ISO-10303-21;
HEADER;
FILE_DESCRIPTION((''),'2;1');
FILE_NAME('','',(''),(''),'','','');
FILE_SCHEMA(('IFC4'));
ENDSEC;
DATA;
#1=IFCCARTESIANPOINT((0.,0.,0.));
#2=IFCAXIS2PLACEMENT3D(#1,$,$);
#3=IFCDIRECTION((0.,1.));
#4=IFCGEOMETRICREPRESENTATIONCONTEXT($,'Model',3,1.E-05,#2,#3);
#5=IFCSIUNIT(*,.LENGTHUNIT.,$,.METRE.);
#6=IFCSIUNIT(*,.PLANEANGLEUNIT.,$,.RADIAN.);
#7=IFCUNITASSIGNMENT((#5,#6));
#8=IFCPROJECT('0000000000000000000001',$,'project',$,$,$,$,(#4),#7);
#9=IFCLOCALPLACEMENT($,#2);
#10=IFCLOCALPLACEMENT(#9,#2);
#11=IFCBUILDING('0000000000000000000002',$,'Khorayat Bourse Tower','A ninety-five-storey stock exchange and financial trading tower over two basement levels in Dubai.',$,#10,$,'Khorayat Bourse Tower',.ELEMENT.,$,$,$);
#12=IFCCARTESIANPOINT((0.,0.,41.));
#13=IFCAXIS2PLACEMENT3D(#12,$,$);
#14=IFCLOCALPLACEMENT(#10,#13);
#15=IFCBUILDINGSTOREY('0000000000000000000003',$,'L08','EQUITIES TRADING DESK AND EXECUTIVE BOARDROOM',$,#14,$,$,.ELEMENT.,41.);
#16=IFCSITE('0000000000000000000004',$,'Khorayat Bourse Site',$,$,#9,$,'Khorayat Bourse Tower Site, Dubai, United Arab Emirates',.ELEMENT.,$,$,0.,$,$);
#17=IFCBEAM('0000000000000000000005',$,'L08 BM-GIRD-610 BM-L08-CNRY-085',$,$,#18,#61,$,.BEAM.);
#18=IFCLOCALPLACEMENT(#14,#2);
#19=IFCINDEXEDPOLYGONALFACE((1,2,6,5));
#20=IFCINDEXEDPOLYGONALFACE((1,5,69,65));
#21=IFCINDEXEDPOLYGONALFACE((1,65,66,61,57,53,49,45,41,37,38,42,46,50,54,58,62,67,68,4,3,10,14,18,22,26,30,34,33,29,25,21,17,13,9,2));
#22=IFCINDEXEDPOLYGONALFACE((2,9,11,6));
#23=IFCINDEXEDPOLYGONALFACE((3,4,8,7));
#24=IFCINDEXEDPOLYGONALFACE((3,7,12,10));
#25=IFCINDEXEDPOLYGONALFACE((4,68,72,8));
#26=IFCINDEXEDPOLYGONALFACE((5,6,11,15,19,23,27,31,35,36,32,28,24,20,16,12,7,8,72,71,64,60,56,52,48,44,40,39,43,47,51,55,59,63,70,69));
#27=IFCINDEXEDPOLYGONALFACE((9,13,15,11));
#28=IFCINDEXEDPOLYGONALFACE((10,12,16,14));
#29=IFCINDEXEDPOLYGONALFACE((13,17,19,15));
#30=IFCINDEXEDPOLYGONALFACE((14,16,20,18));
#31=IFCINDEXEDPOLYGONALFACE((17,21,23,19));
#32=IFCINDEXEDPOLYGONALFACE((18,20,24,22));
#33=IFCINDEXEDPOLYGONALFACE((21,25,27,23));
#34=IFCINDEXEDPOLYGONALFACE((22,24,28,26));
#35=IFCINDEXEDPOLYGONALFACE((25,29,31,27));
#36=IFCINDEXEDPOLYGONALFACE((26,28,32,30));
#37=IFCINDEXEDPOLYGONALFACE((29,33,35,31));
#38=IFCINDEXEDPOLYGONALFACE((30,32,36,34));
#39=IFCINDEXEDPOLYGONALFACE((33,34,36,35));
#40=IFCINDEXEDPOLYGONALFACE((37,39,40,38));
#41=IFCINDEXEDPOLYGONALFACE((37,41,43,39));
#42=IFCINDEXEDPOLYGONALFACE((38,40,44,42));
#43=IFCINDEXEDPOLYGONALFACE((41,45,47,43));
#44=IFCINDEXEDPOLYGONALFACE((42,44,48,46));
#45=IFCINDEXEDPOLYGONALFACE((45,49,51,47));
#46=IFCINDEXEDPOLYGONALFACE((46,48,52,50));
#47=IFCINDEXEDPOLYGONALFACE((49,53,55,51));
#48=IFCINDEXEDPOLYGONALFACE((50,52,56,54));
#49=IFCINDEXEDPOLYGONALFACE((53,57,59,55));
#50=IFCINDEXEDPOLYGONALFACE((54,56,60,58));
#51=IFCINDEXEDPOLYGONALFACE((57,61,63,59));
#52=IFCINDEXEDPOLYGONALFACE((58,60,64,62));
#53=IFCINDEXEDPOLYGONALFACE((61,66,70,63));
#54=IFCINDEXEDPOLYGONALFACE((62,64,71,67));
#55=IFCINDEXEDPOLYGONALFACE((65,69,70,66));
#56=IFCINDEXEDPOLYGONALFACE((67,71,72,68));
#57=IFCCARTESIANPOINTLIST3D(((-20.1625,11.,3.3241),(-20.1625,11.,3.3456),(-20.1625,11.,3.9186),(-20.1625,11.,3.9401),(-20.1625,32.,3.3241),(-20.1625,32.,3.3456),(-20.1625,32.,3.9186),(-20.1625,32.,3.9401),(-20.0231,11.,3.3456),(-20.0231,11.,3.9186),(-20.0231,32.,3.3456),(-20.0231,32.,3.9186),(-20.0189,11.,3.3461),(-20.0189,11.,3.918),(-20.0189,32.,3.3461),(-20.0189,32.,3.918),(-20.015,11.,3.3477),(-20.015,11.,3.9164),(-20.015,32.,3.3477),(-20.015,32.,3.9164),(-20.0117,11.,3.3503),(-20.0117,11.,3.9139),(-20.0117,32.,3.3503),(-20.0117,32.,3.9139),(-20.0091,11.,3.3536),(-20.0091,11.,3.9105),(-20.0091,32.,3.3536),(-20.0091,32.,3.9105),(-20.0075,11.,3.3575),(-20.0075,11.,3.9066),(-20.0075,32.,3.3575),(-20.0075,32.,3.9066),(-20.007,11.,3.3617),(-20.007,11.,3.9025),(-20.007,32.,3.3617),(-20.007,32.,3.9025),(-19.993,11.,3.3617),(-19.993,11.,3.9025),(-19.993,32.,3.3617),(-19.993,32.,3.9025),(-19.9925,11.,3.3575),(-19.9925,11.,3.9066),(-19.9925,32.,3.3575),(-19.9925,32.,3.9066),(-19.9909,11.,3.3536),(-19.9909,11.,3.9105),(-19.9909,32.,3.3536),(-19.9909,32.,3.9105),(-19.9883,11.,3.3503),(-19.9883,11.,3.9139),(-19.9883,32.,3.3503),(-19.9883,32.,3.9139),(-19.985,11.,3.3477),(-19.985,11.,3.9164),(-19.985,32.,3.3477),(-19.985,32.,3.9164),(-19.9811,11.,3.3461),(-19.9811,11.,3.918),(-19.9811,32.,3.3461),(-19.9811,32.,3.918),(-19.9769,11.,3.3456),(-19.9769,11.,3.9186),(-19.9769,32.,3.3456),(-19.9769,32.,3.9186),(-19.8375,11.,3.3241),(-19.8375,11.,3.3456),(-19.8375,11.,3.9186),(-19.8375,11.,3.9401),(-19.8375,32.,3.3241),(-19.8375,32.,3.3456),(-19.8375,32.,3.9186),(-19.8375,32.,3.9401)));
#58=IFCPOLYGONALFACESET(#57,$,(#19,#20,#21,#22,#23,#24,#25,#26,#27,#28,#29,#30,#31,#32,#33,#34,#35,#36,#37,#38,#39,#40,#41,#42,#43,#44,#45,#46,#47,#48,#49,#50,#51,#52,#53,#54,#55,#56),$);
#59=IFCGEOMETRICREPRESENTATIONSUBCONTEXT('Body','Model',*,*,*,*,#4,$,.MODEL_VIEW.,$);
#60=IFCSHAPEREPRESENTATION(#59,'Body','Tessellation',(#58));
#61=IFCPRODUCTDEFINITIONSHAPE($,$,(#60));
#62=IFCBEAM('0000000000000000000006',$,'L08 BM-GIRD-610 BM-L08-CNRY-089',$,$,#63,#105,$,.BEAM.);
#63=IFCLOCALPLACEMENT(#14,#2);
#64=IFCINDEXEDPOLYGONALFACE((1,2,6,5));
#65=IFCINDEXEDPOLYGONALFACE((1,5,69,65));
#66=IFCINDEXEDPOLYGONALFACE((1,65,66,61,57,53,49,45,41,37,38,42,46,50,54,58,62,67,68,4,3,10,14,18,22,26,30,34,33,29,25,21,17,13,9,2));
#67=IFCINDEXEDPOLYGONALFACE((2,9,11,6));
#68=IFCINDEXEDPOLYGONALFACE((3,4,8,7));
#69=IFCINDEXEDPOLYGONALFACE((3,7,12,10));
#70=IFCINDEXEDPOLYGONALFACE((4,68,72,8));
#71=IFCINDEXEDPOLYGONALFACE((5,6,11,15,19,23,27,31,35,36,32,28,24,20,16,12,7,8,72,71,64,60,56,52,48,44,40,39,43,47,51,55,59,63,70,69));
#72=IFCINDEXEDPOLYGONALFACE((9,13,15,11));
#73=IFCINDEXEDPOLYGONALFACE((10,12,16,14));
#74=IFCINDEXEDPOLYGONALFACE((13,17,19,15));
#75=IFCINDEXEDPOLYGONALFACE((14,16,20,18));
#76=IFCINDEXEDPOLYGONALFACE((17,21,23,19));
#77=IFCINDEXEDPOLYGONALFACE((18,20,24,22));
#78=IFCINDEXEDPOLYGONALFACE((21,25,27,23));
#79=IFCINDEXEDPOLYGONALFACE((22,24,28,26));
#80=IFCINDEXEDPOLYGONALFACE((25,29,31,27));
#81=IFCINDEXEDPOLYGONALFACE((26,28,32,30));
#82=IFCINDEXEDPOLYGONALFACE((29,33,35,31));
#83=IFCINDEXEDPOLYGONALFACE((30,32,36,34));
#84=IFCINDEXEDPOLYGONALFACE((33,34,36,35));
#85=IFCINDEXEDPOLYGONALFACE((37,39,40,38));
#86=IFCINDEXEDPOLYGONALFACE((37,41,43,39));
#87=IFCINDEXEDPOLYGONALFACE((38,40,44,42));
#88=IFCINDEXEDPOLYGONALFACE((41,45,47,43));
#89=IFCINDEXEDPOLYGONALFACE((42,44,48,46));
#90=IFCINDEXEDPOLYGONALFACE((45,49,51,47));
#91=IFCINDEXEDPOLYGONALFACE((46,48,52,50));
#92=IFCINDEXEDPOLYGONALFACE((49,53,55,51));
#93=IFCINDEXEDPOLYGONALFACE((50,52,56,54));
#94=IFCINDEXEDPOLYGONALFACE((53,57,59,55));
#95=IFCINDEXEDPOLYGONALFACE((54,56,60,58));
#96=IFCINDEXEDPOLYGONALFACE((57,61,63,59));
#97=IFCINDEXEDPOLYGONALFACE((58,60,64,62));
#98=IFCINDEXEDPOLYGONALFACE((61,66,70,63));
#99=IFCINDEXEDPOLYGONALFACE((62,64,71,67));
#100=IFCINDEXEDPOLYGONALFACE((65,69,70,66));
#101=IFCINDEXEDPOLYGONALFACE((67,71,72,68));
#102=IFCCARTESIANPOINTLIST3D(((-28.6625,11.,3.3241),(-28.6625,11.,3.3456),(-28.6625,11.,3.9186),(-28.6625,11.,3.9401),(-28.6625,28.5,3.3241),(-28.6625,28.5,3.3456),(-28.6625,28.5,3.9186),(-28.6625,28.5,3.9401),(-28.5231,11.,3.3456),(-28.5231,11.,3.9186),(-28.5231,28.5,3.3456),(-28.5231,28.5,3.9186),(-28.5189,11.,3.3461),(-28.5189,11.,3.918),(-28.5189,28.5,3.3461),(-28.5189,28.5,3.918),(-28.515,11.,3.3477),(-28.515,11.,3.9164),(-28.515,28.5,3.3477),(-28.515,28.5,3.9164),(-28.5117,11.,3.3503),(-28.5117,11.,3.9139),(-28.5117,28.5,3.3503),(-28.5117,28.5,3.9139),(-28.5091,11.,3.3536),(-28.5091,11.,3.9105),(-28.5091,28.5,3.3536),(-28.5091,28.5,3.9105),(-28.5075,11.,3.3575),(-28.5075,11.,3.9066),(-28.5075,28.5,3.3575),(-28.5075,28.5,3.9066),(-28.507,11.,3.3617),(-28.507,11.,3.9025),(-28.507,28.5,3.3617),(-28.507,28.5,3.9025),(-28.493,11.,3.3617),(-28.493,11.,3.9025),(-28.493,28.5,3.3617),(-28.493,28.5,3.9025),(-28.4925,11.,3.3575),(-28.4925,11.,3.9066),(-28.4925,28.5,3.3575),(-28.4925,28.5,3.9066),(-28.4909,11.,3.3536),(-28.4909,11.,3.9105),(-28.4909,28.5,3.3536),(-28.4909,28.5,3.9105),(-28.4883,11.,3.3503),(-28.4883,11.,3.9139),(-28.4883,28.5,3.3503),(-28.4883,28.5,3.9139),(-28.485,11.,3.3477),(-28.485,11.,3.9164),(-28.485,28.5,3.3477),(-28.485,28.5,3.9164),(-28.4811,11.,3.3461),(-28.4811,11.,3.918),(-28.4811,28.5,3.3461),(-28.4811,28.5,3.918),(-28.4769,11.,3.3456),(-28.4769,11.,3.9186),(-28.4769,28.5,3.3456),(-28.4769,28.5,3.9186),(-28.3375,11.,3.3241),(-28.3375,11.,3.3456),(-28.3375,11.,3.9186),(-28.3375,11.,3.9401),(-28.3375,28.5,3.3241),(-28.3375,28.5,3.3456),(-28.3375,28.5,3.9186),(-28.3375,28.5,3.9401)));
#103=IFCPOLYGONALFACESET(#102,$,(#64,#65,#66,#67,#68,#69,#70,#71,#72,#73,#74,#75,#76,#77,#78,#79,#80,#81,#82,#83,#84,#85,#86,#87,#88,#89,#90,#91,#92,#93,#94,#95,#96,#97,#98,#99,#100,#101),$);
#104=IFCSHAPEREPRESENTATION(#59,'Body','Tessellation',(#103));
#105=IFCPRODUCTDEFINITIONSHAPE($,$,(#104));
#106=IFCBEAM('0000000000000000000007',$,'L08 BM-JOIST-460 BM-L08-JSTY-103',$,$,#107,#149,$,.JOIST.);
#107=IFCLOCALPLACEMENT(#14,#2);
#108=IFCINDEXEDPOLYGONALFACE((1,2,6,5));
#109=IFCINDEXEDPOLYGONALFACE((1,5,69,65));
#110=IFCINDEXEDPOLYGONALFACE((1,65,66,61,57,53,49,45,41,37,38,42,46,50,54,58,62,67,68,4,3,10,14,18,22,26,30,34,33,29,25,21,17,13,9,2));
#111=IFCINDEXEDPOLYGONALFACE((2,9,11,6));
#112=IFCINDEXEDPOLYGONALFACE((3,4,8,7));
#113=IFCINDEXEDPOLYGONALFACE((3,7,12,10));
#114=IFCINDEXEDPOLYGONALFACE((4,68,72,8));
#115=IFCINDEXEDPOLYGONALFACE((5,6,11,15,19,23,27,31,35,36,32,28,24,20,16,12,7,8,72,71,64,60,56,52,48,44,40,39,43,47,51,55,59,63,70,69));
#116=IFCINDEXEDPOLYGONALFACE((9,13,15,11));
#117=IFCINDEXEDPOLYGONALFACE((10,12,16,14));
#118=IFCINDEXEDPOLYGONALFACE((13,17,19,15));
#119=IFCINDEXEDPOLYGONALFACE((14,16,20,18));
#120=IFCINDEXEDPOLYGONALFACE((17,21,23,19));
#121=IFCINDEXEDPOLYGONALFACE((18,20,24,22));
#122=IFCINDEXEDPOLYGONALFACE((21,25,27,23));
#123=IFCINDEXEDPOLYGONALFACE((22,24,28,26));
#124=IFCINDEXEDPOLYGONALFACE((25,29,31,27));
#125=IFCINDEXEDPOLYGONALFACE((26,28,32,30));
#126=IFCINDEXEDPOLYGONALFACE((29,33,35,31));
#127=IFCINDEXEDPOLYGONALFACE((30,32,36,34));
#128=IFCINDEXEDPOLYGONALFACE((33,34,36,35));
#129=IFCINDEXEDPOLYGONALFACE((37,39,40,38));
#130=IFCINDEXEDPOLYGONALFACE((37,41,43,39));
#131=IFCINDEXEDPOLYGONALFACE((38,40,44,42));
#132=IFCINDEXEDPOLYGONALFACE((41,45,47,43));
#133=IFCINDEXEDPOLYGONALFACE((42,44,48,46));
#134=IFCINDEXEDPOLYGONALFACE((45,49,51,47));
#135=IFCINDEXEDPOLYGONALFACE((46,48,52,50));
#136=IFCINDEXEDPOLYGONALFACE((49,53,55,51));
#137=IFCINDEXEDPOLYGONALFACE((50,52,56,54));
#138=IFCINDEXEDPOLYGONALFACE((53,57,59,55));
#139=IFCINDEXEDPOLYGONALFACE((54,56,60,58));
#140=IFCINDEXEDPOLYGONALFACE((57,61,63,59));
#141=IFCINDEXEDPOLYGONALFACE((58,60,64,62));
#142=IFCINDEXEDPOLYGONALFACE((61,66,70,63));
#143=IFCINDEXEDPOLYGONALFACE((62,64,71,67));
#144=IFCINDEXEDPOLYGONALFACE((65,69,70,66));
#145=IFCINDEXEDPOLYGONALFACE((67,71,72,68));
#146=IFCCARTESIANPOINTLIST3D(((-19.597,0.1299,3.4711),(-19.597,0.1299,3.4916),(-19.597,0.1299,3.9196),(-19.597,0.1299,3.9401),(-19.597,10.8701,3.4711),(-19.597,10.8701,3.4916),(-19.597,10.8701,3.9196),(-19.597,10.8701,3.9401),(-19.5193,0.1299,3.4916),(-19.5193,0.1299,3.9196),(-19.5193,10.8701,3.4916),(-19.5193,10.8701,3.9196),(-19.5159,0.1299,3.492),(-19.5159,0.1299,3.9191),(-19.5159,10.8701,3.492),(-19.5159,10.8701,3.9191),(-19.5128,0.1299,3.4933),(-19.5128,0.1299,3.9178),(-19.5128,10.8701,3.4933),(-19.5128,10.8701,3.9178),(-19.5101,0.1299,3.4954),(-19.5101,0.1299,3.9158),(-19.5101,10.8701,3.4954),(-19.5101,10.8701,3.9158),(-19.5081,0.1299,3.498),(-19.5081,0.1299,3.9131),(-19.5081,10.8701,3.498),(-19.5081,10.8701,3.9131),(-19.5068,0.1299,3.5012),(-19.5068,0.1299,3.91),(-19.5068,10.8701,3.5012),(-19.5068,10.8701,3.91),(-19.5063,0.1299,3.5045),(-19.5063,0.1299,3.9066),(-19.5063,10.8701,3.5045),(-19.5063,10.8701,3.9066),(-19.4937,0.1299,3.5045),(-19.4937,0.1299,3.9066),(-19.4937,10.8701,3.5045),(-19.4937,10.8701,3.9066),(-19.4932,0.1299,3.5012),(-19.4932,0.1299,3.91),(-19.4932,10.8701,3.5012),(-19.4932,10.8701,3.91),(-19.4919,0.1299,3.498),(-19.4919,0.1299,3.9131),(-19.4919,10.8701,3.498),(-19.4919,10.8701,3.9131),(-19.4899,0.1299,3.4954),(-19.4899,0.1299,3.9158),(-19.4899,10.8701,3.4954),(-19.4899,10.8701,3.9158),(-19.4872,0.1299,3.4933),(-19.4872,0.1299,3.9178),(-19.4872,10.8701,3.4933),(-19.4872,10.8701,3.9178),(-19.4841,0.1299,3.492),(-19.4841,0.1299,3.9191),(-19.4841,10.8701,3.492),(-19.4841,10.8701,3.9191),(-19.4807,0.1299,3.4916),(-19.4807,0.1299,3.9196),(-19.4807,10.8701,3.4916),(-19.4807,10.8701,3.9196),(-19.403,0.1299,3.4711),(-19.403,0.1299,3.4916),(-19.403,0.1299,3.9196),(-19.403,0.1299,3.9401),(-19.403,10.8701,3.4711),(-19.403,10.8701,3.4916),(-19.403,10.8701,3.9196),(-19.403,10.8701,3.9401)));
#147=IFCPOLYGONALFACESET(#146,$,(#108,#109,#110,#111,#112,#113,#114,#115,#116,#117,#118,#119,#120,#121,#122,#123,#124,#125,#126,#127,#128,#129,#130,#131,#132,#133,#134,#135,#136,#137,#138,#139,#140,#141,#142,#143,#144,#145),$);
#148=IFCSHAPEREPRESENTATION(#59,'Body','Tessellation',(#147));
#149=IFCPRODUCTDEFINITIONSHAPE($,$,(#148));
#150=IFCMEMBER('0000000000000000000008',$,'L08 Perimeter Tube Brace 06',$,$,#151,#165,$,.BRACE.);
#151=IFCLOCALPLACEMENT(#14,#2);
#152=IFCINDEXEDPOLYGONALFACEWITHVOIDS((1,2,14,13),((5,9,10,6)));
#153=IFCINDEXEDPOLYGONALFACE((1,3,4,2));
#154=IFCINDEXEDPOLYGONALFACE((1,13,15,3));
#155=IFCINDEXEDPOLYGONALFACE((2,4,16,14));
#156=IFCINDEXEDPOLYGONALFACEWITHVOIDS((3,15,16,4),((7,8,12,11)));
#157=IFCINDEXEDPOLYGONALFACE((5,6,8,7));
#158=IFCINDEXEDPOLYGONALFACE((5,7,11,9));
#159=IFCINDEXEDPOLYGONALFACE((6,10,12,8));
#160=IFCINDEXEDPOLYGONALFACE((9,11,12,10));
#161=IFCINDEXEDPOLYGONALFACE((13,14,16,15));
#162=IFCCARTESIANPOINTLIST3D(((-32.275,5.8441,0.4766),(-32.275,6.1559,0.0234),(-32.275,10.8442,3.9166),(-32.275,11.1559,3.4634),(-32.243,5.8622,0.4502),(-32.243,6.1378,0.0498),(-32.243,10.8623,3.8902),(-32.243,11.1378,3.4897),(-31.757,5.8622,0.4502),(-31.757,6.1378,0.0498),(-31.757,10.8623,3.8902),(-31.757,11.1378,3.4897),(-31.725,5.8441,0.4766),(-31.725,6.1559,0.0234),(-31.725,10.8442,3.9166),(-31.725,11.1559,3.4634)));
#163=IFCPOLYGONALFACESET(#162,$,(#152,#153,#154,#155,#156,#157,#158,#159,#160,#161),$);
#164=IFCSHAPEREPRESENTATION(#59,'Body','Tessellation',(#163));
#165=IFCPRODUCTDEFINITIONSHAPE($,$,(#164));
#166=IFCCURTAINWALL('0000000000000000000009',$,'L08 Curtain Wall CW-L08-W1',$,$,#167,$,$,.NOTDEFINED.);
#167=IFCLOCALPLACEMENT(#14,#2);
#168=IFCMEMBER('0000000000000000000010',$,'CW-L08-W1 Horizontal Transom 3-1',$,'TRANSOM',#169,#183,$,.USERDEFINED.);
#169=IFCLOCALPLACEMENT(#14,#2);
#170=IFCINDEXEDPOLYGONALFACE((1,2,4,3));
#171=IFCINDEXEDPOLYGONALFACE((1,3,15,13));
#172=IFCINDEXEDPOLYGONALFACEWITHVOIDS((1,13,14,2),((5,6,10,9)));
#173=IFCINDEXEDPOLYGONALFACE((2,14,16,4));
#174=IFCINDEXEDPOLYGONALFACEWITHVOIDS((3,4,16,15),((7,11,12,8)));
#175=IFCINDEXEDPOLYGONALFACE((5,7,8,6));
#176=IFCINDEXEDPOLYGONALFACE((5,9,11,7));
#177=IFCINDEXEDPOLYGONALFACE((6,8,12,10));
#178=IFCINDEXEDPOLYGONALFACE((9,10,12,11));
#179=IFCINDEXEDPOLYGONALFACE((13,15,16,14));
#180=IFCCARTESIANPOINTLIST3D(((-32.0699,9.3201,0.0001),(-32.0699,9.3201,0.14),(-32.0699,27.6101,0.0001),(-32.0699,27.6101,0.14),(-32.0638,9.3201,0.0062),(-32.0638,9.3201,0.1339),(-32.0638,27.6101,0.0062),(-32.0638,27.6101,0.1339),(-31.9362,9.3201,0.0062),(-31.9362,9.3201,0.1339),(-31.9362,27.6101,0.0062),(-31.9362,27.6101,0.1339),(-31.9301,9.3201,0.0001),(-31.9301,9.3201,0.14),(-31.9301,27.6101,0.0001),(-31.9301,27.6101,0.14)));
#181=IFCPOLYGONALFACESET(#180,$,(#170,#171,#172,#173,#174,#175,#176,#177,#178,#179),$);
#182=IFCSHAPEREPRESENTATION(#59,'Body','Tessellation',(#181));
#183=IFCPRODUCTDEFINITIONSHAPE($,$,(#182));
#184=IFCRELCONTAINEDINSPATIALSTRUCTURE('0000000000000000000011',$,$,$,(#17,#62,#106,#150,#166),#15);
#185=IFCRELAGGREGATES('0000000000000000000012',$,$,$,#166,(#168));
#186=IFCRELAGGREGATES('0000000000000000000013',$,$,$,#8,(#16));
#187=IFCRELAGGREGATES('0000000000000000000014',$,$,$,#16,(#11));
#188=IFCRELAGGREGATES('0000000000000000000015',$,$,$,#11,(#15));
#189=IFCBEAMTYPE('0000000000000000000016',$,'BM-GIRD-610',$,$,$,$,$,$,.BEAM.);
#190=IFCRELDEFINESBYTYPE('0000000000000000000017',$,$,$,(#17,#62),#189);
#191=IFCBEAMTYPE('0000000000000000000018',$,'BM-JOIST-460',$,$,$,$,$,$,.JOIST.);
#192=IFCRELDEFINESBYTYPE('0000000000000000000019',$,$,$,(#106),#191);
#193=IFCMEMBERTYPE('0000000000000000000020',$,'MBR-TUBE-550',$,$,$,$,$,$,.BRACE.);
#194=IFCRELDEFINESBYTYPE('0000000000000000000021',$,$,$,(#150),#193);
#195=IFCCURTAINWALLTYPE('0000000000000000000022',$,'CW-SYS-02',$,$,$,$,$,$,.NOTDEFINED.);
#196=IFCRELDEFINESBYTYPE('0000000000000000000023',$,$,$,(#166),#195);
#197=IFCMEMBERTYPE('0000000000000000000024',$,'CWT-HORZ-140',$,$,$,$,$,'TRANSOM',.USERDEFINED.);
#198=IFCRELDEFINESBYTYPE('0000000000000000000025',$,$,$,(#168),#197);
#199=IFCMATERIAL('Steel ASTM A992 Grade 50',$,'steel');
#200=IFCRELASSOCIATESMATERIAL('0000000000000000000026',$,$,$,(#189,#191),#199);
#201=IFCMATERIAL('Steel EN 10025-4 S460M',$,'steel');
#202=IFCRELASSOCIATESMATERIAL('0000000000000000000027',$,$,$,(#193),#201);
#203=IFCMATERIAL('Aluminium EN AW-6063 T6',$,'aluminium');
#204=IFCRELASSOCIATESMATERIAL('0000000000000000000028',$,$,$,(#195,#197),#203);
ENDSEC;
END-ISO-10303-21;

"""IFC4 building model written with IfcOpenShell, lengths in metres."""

from ifc_helpers import new_model, si_unit, direction, frame, origin, origin_2d, place, context, subcontext, project, spatial, hollow_rectangle, i_section, extrude, source, transform, mapped, material, material_profile, profile_set, type_object, element, aggregate, save


model = new_model("IFC4")

# Units and contexts
model_context = context("Model", 3, precision=1e-05, world=origin(), true_north=direction((0.0, 1.0)))
body_context = subcontext(model_context, "Body", "Model", "MODEL_VIEW")
ifc_project = project(units=[si_unit("LENGTHUNIT", "METRE"), si_unit("PLANEANGLEUNIT", "RADIAN")], contexts=[model_context])

# Site, building, storey
site_placement = place(None, origin())
site = spatial("IfcSite", under=ifc_project, at=site_placement, Name="Khorayat Bourse Site", LongName="Khorayat Bourse Tower Site, Dubai, United Arab Emirates", CompositionType="ELEMENT", RefElevation=0.0)
building_placement = place(site_placement, origin())
building = spatial("IfcBuilding", under=site, at=building_placement, Name="Khorayat Bourse Tower", Description="A ninety-five-storey stock exchange and financial trading tower over two basement levels in Dubai.", LongName="Khorayat Bourse Tower", CompositionType="ELEMENT")
storey_placement = place(building_placement, frame((0.0, 0.0, 41.0)))
storey = spatial("IfcBuildingStorey", under=building, at=storey_placement, Name="L08", Description="EQUITIES TRADING DESK AND EXECUTIVE BOARDROOM", CompositionType="ELEMENT", Elevation=41.0)

# Shared definitions
ifc_material_1 = material(Name="Steel EN 10025-4 S460M", Category="steel")

# Beams
ifc_material_2 = material(Name="Steel ASTM A992 Grade 50", Category="steel")
ifc_material_profile_1 = material_profile(ifc_material_2, i_section(OverallWidth=0.325, OverallDepth=0.616, WebThickness=0.0139, FlangeThickness=0.0215, FilletRadius=0.0161, at=origin_2d()), Name="W610X174")
ifc_profile_set_1 = profile_set([ifc_material_profile_1], Name="Steel ASTM A992 Grade 50")
beam_type_1 = type_object("IfcBeamType", Name="BM-GIRD-610", PredefinedType="BEAM", material=ifc_profile_set_1)
shared_shape_1 = source(origin(), body_context, "Body", "SweptSolid", [
    extrude(i_section(OverallWidth=0.325, OverallDepth=0.616, WebThickness=0.0139, FlangeThickness=0.0215, FilletRadius=0.0161, at=origin_2d()), origin(), (0.0, 0.0, 1.0), 21.0),
])
beam_1_placement = place(storey_placement, frame((-20.0, 11.0, 3.6321), z_axis=(0.0, 1.0, 0.0), x_axis=(-1.0, 0.0, 0.0)))
element("IfcBeam", 1, at=beam_1_placement, inside=storey, type_object=beam_type_1, Name="L08 BM-GIRD-610 BM-L08-CNRY-085", PredefinedType="BEAM", context=body_context, shape_type="MappedRepresentation", body=[
    mapped(shared_shape_1, transform((0.0, 0.0, 0.0), scale=1.0)),
])
shared_shape_2 = source(origin(), body_context, "Body", "SweptSolid", [
    extrude(i_section(OverallWidth=0.325, OverallDepth=0.616, WebThickness=0.0139, FlangeThickness=0.0215, FilletRadius=0.0161, at=origin_2d()), origin(), (0.0, 0.0, 1.0), 17.5),
])
beam_2_placement = place(storey_placement, frame((-28.5, 11.0, 3.6321), z_axis=(0.0, 1.0, 0.0), x_axis=(-1.0, 0.0, 0.0)))
element("IfcBeam", 2, at=beam_2_placement, inside=storey, type_object=beam_type_1, Name="L08 BM-GIRD-610 BM-L08-CNRY-089", PredefinedType="BEAM", context=body_context, shape_type="MappedRepresentation", body=[
    mapped(shared_shape_2, transform((0.0, 0.0, 0.0), scale=1.0)),
])
ifc_material_profile_2 = material_profile(ifc_material_2, i_section(OverallWidth=0.1941, OverallDepth=0.469, WebThickness=0.0127, FlangeThickness=0.0205, FilletRadius=0.0129, at=origin_2d()), Name="W460X106")
ifc_profile_set_2 = profile_set([ifc_material_profile_2], Name="Steel ASTM A992 Grade 50")
beam_type_2 = type_object("IfcBeamType", Name="BM-JOIST-460", PredefinedType="JOIST", material=ifc_profile_set_2)
shared_shape_3 = source(origin(), body_context, "Body", "SweptSolid", [
    extrude(i_section(OverallWidth=0.1941, OverallDepth=0.469, WebThickness=0.0127, FlangeThickness=0.0205, FilletRadius=0.0129, at=origin_2d()), origin(), (0.0, 0.0, 1.0), 10.7402),
])
beam_3_placement = place(storey_placement, frame((-19.5, 0.1299, 3.7056), z_axis=(0.0, 1.0, 0.0), x_axis=(-1.0, 0.0, 0.0)))
element("IfcBeam", 3, at=beam_3_placement, inside=storey, type_object=beam_type_2, Name="L08 BM-JOIST-460 BM-L08-JSTY-103", PredefinedType="JOIST", context=body_context, shape_type="MappedRepresentation", body=[
    mapped(shared_shape_3, transform((0.0, 0.0, 0.0), scale=1.0)),
])

# Member
ifc_material_profile_3 = material_profile(ifc_material_1, hollow_rectangle(XDim=0.55, YDim=0.55, WallThickness=0.032, at=origin_2d()), Name="HSS 550x550x32")
ifc_profile_set_3 = profile_set([ifc_material_profile_3], Name="Steel EN 10025-4 S460M")
member_type_1 = type_object("IfcMemberType", Name="MBR-TUBE-550", PredefinedType="BRACE", material=ifc_profile_set_3)
shared_shape_4 = source(origin(), body_context, "Body", "SweptSolid", [
    extrude(hollow_rectangle(XDim=0.55, YDim=0.55, WallThickness=0.032, at=origin_2d()), origin(), (0.0, 0.0, 1.0), 6.0691),
])
member_1_placement = place(storey_placement, frame((-32.0, 6.0, 0.25), z_axis=(0.0, 0.823854, 0.566802), x_axis=(-1.0, 0.0, 0.0)))
element("IfcMember", 4, at=member_1_placement, inside=storey, type_object=member_type_1, Name="L08 Perimeter Tube Brace 06", PredefinedType="BRACE", context=body_context, shape_type="MappedRepresentation", body=[
    mapped(shared_shape_4, transform((0.0, 0.0, 0.0), scale=1.0)),
])

# Curtain wall, member
ifc_material_3 = material(Name="Aluminium EN AW-6063 T6", Category="aluminium")
curtain_wall_type = type_object("IfcCurtainWallType", Name="CW-SYS-02", PredefinedType="NOTDEFINED", material=ifc_material_3)
curtain_wall_placement = place(storey_placement, origin())
curtain_wall = element("IfcCurtainWall", 5, at=curtain_wall_placement, inside=storey, type_object=curtain_wall_type, Name="L08 Curtain Wall CW-L08-W1", PredefinedType="NOTDEFINED")
ifc_material_profile_4 = material_profile(ifc_material_3, hollow_rectangle(XDim=0.1399, YDim=0.1399, WallThickness=0.0061, at=origin_2d()), Name="ALU 140x140x6")
ifc_profile_set_4 = profile_set([ifc_material_profile_4], Name="Aluminium EN AW-6063 T6")
member_type_2 = type_object("IfcMemberType", Name="CWT-HORZ-140", ElementType="TRANSOM", PredefinedType="USERDEFINED", material=ifc_profile_set_4)
shared_shape_5 = source(origin(), body_context, "Body", "SweptSolid", [
    extrude(hollow_rectangle(XDim=0.1399, YDim=0.1399, WallThickness=0.0061, at=origin_2d()), origin(), (0.0, 0.0, 1.0), 18.29),
])
member_2_placement = place(storey_placement, frame((-32.0, 9.3201, 0.0701), z_axis=(0.0, 1.0, 0.0), x_axis=(-1.0, 0.0, 0.0)))
member_2 = element("IfcMember", 6, at=member_2_placement, type_object=member_type_2, Name="CW-L08-W1 Horizontal Transom 3-1", ObjectType="TRANSOM", PredefinedType="USERDEFINED", context=body_context, shape_type="MappedRepresentation", body=[
    mapped(shared_shape_5, transform((0.0, 0.0, 0.0), scale=1.0)),
])

aggregate(curtain_wall, [member_2])

save(model, "model.ifc")
